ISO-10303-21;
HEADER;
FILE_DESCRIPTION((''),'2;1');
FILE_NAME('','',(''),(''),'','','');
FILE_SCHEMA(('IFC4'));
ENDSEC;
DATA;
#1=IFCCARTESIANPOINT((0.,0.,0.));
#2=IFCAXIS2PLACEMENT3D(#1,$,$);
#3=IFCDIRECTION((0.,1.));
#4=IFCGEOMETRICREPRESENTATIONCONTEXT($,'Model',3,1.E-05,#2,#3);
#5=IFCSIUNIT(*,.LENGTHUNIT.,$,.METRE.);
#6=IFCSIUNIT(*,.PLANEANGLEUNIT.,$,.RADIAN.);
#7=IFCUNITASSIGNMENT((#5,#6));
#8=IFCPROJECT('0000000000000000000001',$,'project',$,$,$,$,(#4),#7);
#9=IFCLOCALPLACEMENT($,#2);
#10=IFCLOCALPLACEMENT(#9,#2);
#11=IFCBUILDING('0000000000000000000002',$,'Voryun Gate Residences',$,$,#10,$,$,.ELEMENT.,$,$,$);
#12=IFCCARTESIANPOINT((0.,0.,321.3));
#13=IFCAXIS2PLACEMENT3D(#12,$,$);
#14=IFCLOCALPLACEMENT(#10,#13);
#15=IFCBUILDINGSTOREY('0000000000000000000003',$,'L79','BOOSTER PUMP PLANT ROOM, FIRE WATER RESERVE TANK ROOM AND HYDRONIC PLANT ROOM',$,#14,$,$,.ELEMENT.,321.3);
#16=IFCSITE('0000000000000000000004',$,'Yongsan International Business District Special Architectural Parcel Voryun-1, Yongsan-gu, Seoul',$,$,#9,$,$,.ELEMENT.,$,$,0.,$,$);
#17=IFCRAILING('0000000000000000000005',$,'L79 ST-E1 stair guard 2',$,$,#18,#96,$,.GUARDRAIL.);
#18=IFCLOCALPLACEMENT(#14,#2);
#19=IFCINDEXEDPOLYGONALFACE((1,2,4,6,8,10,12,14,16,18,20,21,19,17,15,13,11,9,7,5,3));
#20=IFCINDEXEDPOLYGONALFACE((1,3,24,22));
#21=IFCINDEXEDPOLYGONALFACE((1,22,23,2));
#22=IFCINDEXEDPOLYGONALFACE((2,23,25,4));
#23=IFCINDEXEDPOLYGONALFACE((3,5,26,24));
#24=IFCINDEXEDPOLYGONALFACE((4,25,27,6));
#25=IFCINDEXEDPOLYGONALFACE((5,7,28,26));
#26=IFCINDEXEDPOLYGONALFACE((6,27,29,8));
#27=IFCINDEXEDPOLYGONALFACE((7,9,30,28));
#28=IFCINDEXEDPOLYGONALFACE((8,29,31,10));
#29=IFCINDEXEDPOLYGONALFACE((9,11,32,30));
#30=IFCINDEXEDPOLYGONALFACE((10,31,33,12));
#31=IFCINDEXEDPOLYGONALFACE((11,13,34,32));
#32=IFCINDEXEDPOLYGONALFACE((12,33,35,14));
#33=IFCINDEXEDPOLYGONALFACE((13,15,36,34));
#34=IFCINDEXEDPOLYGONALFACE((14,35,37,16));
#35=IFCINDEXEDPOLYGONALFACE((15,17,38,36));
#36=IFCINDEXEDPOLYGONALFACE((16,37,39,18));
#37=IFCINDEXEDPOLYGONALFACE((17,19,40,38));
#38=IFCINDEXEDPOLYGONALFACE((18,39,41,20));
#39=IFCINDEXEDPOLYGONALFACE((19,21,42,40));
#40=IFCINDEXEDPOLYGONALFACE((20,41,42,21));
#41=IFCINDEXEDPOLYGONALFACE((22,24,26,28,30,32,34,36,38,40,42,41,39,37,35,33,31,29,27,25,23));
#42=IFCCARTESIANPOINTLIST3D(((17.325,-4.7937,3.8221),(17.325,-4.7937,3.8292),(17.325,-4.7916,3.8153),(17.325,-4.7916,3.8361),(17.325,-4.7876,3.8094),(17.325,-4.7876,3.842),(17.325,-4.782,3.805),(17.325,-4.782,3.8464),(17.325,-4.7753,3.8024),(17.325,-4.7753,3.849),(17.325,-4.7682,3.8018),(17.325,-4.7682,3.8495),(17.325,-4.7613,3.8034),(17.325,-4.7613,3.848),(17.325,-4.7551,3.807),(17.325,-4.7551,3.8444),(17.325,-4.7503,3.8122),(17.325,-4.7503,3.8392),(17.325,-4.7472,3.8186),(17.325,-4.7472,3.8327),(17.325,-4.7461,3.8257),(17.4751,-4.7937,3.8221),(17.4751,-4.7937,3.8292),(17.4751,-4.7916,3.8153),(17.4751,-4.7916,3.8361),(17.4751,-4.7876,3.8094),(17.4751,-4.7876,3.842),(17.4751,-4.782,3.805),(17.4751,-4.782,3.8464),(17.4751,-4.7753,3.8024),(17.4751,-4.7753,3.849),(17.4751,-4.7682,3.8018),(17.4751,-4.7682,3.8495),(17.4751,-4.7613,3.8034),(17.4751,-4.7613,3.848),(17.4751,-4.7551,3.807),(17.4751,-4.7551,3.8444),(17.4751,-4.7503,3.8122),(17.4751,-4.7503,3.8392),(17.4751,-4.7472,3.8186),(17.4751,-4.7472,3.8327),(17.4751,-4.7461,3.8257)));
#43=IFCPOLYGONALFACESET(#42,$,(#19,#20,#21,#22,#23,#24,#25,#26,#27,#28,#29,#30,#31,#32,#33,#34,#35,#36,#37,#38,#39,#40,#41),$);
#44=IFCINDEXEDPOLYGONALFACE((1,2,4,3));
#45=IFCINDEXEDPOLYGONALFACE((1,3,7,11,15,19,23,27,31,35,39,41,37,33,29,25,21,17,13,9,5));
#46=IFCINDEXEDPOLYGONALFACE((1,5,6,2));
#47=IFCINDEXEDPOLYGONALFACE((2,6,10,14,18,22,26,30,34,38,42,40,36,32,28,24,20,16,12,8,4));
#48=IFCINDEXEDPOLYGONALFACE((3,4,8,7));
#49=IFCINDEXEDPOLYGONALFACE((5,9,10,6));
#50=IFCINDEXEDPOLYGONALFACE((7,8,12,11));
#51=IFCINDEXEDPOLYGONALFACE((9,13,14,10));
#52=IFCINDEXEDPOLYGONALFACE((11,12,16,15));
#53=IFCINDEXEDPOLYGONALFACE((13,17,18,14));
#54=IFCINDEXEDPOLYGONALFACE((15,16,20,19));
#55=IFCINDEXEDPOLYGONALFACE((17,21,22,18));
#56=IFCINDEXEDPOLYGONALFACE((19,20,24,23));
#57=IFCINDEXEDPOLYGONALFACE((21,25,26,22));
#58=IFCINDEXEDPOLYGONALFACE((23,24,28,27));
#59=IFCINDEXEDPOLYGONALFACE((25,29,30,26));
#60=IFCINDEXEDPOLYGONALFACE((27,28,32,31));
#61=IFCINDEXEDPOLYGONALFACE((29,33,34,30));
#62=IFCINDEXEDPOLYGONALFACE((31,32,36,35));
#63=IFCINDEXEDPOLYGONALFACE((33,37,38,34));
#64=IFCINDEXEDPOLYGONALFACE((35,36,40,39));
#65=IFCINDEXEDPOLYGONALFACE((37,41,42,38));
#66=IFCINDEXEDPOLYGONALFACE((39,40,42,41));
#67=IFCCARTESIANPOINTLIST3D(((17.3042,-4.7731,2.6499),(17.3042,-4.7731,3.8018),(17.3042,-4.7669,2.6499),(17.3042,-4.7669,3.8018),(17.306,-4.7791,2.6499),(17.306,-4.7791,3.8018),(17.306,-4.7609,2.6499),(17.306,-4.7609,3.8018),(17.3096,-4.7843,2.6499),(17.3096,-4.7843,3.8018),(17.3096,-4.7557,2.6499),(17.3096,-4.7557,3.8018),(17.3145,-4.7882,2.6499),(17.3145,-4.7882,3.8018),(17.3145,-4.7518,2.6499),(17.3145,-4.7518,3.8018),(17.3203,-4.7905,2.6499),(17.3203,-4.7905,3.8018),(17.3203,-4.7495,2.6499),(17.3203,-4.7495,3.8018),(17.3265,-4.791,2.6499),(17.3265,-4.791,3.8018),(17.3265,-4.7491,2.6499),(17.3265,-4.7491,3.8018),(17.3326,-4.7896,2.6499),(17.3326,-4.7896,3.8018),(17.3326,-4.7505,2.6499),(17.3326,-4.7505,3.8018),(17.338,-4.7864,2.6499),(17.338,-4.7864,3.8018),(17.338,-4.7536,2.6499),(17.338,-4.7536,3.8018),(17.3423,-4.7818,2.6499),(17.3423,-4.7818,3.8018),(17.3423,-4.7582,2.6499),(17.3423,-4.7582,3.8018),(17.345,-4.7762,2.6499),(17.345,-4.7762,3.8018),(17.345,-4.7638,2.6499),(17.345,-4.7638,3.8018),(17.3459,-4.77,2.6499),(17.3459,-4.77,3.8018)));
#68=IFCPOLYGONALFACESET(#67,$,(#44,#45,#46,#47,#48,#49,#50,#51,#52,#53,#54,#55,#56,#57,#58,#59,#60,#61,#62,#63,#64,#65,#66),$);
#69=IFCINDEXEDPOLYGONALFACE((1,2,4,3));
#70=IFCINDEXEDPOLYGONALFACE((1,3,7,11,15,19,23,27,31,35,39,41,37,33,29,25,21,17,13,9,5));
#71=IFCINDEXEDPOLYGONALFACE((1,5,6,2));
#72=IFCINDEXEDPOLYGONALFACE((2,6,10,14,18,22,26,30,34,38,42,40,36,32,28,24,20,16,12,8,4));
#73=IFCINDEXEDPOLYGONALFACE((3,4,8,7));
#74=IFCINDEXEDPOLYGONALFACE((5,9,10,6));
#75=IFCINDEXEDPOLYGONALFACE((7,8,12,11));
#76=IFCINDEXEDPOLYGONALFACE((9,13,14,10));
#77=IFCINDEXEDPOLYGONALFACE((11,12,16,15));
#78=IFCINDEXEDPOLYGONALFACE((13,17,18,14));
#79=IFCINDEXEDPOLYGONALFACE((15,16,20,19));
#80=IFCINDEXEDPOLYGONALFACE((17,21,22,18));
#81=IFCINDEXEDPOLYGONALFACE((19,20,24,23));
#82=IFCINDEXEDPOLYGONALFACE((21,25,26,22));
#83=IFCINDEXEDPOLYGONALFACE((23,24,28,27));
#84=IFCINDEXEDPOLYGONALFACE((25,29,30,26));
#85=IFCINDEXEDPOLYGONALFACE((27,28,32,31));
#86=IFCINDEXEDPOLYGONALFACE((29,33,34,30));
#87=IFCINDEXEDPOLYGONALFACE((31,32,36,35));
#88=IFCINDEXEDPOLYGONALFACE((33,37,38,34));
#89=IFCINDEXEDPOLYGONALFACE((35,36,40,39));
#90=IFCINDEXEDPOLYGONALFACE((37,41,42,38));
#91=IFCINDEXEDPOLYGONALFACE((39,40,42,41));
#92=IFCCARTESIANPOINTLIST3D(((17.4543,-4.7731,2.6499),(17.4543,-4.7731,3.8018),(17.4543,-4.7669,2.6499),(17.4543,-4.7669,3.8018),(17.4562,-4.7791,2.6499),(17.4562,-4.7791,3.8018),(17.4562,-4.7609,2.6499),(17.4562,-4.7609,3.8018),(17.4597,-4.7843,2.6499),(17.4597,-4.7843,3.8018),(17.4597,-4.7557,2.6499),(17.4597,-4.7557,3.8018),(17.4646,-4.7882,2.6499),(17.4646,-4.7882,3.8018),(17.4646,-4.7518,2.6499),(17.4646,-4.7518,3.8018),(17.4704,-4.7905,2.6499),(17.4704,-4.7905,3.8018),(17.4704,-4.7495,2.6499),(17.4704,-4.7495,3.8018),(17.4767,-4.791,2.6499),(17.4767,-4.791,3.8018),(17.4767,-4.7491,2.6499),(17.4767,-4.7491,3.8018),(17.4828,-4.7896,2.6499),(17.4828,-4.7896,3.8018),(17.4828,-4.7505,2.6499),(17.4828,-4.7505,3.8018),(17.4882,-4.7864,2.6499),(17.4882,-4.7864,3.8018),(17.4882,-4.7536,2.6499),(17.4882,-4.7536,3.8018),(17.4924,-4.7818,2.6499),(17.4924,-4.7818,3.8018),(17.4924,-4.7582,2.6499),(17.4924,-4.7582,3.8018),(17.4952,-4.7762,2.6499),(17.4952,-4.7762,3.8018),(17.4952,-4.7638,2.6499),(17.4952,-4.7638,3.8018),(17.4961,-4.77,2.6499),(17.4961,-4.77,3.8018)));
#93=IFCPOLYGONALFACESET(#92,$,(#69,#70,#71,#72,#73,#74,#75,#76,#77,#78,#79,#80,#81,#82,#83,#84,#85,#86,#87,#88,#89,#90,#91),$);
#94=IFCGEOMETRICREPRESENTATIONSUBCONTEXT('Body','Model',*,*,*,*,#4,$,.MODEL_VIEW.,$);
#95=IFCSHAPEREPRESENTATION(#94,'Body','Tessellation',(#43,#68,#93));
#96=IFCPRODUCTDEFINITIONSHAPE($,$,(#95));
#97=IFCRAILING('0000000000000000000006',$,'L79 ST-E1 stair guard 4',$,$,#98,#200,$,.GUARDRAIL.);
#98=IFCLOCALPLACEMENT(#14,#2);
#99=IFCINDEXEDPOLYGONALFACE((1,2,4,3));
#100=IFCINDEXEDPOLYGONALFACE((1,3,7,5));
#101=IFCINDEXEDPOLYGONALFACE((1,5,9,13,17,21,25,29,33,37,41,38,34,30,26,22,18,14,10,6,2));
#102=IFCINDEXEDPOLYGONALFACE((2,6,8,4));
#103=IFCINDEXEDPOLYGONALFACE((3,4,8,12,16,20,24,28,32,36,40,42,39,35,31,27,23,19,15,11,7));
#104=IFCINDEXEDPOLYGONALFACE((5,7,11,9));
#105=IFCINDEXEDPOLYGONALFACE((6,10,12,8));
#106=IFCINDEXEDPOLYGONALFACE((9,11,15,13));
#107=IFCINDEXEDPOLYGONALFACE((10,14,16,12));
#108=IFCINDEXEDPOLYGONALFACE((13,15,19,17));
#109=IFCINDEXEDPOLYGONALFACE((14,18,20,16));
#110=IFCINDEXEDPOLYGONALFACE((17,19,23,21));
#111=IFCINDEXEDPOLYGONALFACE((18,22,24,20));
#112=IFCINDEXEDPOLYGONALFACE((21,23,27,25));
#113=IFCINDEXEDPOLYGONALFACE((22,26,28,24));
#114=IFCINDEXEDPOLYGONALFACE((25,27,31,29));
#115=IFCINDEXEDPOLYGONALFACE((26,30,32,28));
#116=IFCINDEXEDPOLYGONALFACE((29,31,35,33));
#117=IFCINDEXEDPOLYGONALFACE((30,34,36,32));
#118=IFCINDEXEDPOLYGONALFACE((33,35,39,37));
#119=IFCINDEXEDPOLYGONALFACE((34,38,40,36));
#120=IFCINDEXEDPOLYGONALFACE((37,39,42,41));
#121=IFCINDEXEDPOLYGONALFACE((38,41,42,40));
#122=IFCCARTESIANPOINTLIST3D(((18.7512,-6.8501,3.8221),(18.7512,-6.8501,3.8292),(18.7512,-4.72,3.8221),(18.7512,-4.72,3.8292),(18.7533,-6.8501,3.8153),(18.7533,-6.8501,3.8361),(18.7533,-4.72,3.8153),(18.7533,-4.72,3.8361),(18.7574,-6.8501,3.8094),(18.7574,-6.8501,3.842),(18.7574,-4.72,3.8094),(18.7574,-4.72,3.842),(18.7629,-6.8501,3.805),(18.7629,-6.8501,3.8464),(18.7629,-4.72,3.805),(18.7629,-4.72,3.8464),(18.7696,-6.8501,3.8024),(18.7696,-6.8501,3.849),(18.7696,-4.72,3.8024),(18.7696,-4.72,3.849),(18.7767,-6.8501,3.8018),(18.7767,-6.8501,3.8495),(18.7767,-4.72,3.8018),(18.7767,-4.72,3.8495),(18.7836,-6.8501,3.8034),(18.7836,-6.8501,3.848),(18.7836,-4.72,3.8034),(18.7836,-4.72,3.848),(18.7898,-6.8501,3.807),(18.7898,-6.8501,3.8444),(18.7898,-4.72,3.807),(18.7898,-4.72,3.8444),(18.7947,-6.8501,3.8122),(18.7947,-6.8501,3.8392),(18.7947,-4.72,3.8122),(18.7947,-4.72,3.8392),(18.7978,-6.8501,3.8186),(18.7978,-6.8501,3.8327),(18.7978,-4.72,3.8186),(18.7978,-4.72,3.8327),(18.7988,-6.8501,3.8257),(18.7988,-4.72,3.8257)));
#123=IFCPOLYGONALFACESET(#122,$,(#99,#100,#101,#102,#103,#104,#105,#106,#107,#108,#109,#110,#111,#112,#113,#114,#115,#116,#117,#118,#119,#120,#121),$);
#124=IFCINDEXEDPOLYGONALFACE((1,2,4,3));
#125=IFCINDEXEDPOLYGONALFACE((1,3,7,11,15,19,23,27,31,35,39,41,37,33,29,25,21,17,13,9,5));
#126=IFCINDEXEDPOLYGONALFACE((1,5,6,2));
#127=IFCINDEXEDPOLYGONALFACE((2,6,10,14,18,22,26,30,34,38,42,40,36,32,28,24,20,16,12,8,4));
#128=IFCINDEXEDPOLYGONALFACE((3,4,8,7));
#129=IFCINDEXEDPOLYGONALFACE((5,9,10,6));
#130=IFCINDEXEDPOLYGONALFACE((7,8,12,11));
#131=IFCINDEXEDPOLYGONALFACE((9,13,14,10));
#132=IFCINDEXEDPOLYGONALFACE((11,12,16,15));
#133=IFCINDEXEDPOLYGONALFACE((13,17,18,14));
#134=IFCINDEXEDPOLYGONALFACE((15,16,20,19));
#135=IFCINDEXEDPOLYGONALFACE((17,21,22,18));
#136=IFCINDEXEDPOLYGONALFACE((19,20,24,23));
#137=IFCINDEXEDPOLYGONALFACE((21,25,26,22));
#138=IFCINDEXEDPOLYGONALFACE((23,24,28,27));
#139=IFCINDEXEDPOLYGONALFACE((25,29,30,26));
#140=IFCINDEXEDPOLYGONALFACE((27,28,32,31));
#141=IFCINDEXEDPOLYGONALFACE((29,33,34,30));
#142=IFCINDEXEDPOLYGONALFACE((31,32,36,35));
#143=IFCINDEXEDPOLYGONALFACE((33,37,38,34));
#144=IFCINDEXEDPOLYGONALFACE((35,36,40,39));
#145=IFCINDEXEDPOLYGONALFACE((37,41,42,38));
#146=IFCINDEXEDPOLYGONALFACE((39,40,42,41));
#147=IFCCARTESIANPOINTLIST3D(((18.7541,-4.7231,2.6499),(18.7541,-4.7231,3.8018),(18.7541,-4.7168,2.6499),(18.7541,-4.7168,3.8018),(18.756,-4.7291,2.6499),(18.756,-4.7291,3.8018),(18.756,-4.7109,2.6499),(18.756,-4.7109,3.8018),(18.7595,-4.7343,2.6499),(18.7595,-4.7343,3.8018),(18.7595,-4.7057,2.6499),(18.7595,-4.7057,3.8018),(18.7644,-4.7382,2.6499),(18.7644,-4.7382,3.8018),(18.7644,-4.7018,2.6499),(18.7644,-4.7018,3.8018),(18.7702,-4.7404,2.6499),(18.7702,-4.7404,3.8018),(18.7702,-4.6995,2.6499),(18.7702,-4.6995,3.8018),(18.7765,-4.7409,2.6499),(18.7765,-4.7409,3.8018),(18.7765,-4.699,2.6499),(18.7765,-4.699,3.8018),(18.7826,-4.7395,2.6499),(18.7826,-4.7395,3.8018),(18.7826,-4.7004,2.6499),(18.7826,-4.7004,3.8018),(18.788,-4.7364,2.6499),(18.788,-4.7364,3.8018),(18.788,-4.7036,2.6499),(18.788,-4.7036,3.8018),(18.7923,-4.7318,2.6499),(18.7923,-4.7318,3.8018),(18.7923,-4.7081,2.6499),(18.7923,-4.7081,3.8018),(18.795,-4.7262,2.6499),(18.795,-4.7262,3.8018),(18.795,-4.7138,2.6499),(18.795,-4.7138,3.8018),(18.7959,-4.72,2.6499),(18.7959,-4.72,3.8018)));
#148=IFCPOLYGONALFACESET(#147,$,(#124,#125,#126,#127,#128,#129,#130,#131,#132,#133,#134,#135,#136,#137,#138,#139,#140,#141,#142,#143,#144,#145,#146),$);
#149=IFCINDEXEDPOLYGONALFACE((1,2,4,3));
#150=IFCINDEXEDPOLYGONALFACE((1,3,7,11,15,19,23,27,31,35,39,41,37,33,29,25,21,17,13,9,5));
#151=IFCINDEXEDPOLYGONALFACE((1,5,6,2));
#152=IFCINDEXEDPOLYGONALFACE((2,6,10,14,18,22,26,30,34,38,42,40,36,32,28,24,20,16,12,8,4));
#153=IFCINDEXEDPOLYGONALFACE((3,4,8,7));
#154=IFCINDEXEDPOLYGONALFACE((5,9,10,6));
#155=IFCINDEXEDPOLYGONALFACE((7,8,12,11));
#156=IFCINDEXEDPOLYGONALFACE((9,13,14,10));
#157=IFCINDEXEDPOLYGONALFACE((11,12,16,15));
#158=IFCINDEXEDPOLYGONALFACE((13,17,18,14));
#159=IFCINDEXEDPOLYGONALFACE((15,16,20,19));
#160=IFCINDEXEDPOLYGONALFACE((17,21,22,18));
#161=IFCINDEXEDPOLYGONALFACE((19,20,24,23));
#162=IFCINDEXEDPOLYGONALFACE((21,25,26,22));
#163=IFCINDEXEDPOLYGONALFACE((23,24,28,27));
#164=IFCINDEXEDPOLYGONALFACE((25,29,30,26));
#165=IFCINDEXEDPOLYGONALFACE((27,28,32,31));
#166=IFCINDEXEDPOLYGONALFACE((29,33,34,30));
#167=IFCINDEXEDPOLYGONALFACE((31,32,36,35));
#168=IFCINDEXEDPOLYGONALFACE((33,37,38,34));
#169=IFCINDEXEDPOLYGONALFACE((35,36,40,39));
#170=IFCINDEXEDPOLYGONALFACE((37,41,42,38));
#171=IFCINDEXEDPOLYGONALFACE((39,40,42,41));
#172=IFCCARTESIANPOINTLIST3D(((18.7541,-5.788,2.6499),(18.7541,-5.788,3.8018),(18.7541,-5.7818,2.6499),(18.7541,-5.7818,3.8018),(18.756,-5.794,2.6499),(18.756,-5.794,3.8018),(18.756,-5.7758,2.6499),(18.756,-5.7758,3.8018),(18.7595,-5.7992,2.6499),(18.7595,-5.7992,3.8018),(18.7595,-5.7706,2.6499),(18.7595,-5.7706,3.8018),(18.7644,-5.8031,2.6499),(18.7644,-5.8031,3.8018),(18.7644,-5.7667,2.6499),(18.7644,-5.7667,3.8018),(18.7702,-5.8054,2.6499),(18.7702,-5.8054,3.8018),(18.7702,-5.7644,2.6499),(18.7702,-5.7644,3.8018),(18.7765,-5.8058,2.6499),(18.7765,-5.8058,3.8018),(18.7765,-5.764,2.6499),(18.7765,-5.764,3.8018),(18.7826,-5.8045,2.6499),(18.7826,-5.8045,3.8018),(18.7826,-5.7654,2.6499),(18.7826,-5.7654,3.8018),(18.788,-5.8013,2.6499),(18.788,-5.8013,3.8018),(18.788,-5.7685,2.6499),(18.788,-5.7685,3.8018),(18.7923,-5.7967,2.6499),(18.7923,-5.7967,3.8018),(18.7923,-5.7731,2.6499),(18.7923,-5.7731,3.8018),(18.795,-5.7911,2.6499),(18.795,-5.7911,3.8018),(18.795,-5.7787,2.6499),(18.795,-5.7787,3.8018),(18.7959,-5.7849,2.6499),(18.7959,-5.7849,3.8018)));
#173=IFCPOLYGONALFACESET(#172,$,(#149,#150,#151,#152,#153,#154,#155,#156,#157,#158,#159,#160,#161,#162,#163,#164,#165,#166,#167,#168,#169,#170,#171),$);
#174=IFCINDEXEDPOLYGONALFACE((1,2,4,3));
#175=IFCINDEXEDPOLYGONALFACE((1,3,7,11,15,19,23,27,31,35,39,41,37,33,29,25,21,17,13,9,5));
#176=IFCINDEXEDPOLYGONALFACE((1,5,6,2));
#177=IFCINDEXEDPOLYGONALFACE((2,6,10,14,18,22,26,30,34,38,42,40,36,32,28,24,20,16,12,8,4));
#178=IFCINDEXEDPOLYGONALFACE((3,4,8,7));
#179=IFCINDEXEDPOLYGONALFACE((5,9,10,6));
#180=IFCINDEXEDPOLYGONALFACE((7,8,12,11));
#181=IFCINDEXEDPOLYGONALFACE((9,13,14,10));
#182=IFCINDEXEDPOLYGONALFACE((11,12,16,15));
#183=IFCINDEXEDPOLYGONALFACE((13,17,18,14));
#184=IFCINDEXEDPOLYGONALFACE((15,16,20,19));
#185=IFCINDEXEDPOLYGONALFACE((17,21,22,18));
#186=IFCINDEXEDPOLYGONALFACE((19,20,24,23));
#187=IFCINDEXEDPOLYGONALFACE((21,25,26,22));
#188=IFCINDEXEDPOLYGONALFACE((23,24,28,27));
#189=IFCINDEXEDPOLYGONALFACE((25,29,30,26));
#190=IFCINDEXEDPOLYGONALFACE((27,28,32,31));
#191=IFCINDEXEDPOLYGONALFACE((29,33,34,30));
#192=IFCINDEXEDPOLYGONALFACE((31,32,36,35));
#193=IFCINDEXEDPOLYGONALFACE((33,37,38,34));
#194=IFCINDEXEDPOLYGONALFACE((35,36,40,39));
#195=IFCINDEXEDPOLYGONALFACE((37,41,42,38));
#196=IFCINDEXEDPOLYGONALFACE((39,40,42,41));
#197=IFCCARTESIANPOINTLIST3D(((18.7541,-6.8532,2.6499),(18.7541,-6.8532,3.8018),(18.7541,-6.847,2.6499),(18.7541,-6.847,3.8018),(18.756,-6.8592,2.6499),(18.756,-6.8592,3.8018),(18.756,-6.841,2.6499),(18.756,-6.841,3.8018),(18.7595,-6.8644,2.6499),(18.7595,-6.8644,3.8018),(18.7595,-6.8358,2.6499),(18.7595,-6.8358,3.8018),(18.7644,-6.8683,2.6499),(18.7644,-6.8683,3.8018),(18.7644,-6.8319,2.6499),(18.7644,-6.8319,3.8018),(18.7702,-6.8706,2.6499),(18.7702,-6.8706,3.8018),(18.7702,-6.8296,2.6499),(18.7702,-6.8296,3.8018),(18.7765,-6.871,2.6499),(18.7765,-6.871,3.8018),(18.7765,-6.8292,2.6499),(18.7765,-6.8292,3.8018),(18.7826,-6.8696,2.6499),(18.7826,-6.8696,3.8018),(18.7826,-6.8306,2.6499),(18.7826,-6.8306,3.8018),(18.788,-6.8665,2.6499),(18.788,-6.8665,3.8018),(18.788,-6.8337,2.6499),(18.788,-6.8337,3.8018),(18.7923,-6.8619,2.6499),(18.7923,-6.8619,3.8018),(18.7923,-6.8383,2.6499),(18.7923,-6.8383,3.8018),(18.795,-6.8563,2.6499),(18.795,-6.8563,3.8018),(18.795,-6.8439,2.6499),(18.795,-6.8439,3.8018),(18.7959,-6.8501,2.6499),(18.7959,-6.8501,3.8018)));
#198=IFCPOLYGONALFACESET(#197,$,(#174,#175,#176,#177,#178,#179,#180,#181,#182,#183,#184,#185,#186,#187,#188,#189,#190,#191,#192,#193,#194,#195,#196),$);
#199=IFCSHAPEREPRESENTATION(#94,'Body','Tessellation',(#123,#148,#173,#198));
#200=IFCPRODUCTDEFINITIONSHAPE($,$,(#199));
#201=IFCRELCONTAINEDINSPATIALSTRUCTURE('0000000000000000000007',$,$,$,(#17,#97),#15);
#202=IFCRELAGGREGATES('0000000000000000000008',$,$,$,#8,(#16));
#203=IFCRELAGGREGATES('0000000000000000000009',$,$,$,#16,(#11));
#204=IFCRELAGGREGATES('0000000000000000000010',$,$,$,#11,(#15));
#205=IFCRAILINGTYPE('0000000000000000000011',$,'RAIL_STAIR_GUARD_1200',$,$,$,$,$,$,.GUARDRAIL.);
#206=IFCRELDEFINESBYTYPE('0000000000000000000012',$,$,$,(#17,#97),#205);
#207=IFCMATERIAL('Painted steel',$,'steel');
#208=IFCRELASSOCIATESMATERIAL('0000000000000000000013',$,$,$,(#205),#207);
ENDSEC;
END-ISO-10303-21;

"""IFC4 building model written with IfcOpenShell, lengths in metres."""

from ifc_helpers import new_model, si_unit, direction, frame, origin, origin_2d, place, context, subcontext, project, spatial, circle, extrude, material, type_object, element, save


model = new_model("IFC4")

# Units and contexts
model_context = context("Model", 3, precision=1e-05, world=origin(), true_north=direction((0.0, 1.0)))
body_context = subcontext(model_context, "Body", "Model", "MODEL_VIEW")
ifc_project = project(units=[si_unit("LENGTHUNIT", "METRE"), si_unit("PLANEANGLEUNIT", "RADIAN")], contexts=[model_context])

# Site, building, storey
site_placement = place(None, origin())
site = spatial("IfcSite", under=ifc_project, at=site_placement, Name="Yongsan International Business District Special Architectural Parcel Voryun-1, Yongsan-gu, Seoul", CompositionType="ELEMENT", RefElevation=0.0)
building_placement = place(site_placement, origin())
building = spatial("IfcBuilding", under=site, at=building_placement, Name="Voryun Gate Residences", CompositionType="ELEMENT")
storey_placement = place(building_placement, frame((0.0, 0.0, 321.3)))
storey = spatial("IfcBuildingStorey", under=building, at=storey_placement, Name="L79", Description="BOOSTER PUMP PLANT ROOM, FIRE WATER RESERVE TANK ROOM AND HYDRONIC PLANT ROOM", CompositionType="ELEMENT", Elevation=321.3)

# Railings
ifc_material_1 = material(Name="Painted steel", Category="steel")
railing_type_1 = type_object("IfcRailingType", Name="RAIL_STAIR_GUARD_1200", PredefinedType="GUARDRAIL", material=ifc_material_1)
railing_1_placement = place(storey_placement, frame((17.325, -4.77, 2.6499)))
element("IfcRailing", 1, at=railing_1_placement, inside=storey, type_object=railing_type_1, Name="L79 ST-E1 stair guard 2", PredefinedType="GUARDRAIL", context=body_context, shape_type="SweptSolid", body=[
    extrude(circle(Radius=0.0239, at=origin_2d()), frame((0.0, 0.0, 1.1758), z_axis=(1.0, 0.0, 0.0), x_axis=(0.0, 1.0, 0.0)), (0.0, 0.0, 1.0), 0.1501),
    extrude(circle(Radius=0.021, at=origin_2d()), origin(), (0.0, 0.0, 1.0), 1.1519),
    extrude(circle(Radius=0.021, at=origin_2d()), frame((0.1501, 0.0, 0.0)), (0.0, 0.0, 1.0), 1.1519),
])
railing_2_placement = place(storey_placement, frame((18.7749, -4.72, 2.6499)))
element("IfcRailing", 2, at=railing_2_placement, inside=storey, type_object=railing_type_1, Name="L79 ST-E1 stair guard 4", PredefinedType="GUARDRAIL", context=body_context, shape_type="SweptSolid", body=[
    extrude(circle(Radius=0.0239, at=origin_2d()), frame((0.0, 0.0, 1.1758), z_axis=(0.0, -1.0, 0.0), x_axis=(1.0, 0.0, 0.0)), (0.0, 0.0, 1.0), 2.1301),
    extrude(circle(Radius=0.021, at=origin_2d()), origin(), (0.0, 0.0, 1.0), 1.1519),
    extrude(circle(Radius=0.021, at=origin_2d()), frame((0.0, -1.0649, 0.0)), (0.0, 0.0, 1.0), 1.1519),
    extrude(circle(Radius=0.021, at=origin_2d()), frame((0.0, -2.1301, 0.0)), (0.0, 0.0, 1.0), 1.1519),
])

save(model, "model.ifc")
